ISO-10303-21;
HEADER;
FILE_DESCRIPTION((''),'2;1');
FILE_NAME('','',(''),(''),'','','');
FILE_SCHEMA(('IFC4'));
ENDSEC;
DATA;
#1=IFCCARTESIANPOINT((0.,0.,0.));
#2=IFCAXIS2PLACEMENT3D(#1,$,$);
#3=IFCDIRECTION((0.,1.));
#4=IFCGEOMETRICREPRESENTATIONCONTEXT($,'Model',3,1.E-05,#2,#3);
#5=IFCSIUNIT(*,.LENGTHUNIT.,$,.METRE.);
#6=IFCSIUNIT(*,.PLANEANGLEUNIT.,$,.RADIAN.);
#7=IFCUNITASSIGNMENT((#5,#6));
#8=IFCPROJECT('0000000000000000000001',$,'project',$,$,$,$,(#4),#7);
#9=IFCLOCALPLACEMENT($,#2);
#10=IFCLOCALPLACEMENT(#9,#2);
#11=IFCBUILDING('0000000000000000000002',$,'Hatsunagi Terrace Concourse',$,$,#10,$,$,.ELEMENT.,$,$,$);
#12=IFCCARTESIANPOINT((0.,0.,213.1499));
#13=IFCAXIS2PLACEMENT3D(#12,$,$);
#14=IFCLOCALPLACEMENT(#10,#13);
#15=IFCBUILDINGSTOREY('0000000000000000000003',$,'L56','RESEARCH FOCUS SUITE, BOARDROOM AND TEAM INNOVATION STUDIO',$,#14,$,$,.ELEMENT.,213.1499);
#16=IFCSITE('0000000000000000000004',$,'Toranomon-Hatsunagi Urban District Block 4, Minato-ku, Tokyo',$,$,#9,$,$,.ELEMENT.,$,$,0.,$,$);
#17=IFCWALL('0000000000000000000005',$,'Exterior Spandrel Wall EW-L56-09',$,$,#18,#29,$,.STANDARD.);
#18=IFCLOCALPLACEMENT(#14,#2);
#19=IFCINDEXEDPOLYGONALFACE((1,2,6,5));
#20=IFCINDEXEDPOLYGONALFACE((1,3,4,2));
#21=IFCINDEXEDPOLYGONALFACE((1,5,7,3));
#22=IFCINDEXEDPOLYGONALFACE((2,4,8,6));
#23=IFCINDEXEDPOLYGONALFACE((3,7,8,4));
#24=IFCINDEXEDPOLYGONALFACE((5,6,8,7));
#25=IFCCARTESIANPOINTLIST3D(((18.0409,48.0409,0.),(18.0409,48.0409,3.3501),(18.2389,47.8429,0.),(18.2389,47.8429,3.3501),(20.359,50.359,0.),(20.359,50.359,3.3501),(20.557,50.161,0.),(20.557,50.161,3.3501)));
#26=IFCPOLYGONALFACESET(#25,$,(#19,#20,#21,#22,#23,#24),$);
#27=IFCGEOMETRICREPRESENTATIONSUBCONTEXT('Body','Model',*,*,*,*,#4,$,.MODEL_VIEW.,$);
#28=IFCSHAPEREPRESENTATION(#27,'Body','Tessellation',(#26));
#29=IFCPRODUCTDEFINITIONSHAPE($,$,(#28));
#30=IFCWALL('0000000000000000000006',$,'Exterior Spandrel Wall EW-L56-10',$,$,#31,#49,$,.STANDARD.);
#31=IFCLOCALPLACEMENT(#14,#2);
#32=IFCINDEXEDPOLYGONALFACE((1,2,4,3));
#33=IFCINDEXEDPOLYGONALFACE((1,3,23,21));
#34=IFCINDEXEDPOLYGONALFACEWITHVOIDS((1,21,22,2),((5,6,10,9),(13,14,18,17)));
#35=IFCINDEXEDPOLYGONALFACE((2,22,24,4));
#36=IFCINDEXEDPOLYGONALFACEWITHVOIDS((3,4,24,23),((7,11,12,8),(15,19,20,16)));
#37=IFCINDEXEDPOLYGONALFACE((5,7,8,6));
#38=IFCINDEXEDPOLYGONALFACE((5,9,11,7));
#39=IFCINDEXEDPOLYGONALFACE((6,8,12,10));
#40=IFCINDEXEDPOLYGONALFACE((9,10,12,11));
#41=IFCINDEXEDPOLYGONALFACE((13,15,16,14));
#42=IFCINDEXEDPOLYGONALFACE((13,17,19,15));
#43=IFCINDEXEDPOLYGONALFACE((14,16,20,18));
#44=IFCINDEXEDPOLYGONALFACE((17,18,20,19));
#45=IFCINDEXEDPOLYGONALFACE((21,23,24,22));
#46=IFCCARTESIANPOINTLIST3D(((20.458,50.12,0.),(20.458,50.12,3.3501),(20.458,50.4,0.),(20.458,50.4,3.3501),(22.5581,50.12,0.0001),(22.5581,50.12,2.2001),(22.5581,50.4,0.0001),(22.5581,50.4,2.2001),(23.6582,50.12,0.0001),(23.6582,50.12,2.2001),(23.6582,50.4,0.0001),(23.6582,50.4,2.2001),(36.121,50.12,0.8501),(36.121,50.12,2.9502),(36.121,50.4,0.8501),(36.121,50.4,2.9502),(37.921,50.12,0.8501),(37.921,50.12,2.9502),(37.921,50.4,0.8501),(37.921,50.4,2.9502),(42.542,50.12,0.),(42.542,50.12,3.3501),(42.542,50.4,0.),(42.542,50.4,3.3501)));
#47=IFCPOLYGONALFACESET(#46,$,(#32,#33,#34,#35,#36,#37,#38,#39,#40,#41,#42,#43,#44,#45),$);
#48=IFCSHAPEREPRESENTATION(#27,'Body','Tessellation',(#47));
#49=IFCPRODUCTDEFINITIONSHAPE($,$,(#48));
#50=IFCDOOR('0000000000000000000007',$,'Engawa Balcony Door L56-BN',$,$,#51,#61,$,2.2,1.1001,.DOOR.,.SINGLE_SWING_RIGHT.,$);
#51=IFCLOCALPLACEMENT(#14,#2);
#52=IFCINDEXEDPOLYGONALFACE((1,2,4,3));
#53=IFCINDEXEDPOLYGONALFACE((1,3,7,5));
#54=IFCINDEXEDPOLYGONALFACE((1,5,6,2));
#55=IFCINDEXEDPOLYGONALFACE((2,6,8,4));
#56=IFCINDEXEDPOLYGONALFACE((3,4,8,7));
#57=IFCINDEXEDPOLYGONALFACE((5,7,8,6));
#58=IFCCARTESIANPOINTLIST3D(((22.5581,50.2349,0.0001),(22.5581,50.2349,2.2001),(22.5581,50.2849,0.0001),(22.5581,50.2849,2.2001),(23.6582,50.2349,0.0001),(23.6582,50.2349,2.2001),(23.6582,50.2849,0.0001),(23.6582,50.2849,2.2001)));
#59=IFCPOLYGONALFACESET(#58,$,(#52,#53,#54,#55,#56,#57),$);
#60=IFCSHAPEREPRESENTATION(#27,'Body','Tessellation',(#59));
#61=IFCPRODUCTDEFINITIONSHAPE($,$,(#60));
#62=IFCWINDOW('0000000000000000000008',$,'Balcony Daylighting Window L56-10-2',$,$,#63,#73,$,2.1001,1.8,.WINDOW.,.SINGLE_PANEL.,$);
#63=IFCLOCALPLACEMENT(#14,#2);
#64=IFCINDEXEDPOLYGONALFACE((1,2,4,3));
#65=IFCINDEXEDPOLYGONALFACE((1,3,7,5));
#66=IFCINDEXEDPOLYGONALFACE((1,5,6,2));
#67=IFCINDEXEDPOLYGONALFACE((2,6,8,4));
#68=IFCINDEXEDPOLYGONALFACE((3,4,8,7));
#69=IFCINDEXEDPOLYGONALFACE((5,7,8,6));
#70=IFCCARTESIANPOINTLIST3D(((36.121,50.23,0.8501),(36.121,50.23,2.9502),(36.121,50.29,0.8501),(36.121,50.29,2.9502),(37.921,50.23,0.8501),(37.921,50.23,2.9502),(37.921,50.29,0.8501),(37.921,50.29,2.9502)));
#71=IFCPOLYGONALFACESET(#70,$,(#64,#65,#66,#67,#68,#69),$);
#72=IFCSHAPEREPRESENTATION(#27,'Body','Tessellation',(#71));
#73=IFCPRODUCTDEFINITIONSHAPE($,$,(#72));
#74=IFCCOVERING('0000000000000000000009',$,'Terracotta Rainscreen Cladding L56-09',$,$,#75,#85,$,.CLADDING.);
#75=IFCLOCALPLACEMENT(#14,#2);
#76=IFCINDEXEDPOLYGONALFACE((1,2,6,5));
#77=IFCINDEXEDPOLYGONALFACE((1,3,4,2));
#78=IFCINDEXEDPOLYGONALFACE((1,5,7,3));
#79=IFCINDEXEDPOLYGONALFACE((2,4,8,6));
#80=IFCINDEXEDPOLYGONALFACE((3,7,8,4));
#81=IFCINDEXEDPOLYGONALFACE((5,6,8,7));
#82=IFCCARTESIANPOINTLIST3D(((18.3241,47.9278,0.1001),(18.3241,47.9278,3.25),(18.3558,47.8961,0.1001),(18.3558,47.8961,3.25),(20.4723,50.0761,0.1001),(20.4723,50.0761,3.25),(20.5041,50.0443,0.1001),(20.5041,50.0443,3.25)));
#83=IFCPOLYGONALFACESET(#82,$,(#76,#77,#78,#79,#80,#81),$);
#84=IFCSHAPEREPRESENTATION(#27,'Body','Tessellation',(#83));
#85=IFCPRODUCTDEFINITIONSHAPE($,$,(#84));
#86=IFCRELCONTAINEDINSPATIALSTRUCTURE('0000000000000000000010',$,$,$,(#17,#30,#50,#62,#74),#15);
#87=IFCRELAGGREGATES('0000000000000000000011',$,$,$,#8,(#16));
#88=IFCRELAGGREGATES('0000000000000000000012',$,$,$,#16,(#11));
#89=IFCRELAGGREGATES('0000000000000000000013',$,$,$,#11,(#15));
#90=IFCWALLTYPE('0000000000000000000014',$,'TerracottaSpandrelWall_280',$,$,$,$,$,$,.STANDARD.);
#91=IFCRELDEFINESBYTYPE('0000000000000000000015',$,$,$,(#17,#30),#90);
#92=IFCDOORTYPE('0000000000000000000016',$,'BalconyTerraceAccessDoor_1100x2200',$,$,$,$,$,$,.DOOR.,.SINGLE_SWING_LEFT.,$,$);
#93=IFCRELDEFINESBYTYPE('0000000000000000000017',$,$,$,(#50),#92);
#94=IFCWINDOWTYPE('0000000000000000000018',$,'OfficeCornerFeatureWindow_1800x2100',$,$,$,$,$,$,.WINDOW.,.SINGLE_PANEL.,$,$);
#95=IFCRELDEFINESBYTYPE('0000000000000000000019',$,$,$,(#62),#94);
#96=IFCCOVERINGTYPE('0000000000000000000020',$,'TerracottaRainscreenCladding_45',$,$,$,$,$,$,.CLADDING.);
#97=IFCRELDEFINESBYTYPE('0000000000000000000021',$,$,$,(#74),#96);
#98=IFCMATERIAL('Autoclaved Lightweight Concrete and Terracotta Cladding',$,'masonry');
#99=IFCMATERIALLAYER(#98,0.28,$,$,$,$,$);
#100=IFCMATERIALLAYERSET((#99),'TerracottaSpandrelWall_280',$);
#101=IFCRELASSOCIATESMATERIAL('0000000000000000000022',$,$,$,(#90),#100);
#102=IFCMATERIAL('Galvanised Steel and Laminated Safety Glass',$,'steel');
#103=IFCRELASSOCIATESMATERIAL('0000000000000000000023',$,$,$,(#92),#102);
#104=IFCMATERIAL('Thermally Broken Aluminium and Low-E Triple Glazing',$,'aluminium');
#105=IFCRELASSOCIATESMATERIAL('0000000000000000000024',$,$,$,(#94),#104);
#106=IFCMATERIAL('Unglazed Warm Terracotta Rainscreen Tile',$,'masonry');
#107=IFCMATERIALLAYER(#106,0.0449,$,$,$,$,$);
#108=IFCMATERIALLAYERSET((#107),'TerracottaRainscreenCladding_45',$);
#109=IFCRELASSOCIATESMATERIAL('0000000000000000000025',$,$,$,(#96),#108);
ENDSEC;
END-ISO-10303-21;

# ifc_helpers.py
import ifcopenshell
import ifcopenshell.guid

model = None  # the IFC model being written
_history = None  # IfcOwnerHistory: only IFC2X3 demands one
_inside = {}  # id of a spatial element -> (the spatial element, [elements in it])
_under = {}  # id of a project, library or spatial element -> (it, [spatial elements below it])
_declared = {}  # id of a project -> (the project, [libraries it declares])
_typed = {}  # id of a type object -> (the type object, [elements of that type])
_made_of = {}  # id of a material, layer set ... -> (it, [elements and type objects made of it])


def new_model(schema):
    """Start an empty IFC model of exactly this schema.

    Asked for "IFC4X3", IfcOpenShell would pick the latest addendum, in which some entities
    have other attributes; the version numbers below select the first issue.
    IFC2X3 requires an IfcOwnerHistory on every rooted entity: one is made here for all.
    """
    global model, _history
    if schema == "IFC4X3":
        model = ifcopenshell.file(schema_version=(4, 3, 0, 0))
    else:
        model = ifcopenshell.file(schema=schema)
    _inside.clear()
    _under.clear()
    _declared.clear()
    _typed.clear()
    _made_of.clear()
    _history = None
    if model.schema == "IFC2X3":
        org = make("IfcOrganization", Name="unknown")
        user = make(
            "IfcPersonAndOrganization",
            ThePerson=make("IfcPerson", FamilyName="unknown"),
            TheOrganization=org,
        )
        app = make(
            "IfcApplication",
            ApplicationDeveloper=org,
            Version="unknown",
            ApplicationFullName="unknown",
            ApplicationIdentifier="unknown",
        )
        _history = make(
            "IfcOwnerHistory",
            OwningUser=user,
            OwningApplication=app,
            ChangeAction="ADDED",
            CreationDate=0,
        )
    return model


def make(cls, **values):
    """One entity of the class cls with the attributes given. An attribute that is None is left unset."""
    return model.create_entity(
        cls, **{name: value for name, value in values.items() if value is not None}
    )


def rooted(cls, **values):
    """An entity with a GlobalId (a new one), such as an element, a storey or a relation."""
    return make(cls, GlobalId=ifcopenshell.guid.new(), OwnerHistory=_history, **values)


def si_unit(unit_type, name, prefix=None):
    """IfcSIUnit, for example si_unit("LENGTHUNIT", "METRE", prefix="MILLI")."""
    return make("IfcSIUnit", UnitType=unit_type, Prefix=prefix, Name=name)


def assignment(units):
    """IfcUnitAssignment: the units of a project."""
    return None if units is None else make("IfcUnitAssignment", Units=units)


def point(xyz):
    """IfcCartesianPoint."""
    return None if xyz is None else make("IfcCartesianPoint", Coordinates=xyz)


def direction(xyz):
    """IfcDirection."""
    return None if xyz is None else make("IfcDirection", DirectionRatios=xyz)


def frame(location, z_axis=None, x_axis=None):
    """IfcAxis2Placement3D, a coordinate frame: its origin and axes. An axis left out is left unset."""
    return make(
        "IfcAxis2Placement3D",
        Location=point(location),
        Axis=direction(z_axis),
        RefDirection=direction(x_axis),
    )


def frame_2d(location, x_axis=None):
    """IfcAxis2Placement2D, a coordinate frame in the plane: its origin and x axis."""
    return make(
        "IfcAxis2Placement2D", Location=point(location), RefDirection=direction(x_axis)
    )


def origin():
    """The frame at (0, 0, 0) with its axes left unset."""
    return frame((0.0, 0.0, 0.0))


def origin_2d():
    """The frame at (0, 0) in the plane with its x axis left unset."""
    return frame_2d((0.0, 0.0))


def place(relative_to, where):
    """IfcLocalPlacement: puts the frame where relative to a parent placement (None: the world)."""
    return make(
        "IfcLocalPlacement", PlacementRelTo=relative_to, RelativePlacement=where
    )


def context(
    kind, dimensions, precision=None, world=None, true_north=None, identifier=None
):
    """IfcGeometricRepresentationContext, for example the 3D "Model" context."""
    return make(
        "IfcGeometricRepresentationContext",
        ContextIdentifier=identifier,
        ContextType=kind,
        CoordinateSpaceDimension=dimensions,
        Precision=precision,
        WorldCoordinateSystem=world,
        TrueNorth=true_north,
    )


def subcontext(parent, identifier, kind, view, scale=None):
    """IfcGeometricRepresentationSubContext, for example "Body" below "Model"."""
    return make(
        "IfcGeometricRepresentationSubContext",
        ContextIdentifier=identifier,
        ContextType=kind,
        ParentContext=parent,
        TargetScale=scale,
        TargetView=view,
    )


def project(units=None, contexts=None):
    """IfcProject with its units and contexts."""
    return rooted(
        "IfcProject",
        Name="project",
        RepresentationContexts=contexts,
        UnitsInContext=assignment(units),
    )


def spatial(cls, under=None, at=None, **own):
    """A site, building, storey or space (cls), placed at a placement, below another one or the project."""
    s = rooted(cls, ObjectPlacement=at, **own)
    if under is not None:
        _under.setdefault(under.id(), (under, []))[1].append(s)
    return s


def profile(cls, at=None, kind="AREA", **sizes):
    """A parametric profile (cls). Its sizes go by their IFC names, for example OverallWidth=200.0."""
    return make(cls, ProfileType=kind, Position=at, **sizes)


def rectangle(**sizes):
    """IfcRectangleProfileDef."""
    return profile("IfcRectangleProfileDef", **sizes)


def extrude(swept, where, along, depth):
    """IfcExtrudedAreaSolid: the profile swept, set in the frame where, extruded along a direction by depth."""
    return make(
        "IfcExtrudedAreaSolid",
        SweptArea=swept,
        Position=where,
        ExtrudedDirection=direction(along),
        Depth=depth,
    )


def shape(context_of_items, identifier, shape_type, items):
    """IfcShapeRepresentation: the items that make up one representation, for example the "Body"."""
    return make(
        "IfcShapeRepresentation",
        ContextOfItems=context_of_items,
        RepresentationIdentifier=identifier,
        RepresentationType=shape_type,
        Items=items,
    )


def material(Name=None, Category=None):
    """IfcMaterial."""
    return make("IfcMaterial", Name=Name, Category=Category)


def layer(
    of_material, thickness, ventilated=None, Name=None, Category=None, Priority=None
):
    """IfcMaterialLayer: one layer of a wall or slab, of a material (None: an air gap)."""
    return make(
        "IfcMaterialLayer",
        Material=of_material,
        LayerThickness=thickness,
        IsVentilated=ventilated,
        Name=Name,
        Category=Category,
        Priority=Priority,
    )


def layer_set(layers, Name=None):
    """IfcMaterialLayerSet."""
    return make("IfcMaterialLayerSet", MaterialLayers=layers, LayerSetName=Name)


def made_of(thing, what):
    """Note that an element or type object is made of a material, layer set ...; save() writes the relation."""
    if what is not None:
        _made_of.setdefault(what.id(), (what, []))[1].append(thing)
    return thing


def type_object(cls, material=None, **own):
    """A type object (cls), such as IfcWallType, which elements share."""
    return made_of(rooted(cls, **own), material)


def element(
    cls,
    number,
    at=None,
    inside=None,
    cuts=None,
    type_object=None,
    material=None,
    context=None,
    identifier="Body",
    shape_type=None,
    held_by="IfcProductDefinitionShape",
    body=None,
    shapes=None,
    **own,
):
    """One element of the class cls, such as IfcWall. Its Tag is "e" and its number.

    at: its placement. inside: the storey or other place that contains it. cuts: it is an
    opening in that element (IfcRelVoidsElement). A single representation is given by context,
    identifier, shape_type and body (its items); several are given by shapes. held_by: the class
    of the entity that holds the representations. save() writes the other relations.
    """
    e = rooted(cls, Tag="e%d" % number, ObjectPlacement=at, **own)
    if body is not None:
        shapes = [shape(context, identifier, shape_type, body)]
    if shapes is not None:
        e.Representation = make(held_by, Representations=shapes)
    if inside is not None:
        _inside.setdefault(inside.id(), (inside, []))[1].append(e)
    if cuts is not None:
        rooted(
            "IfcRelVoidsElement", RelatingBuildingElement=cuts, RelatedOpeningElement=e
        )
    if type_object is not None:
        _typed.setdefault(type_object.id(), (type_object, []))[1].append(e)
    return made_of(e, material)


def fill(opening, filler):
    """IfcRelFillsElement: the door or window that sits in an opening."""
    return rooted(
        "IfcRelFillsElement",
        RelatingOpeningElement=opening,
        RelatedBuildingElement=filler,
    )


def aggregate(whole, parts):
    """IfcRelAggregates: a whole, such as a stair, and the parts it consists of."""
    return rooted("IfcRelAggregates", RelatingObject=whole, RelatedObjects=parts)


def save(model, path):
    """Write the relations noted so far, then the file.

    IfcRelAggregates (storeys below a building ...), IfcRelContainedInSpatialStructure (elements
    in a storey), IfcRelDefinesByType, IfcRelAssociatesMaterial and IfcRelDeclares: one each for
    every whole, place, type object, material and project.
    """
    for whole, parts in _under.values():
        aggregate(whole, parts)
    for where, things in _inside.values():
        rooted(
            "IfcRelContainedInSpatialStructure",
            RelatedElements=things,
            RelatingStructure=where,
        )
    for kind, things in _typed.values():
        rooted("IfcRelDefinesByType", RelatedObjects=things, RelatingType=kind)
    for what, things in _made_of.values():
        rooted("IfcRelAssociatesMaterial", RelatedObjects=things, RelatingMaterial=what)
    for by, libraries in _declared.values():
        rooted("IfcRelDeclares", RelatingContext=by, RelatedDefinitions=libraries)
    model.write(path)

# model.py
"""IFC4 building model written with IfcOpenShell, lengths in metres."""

from ifc_helpers import new_model, si_unit, direction, frame, frame_2d, origin, origin_2d, place, context, subcontext, project, spatial, rectangle, extrude, material, layer, layer_set, type_object, element, fill, save


model = new_model("IFC4")

# Units and contexts
model_context = context("Model", 3, precision=1e-05, world=origin(), true_north=direction((0.0, 1.0)))
body_context = subcontext(model_context, "Body", "Model", "MODEL_VIEW")
ifc_project = project(units=[si_unit("LENGTHUNIT", "METRE"), si_unit("PLANEANGLEUNIT", "RADIAN")], contexts=[model_context])

# Site, building, storey
site_placement = place(None, origin())
site = spatial("IfcSite", under=ifc_project, at=site_placement, Name="Toranomon-Hatsunagi Urban District Block 4, Minato-ku, Tokyo", CompositionType="ELEMENT", RefElevation=0.0)
building_placement = place(site_placement, origin())
building = spatial("IfcBuilding", under=site, at=building_placement, Name="Hatsunagi Terrace Concourse", CompositionType="ELEMENT")
storey_placement = place(building_placement, frame((0.0, 0.0, 213.1499)))
storey = spatial("IfcBuildingStorey", under=building, at=storey_placement, Name="L56", Description="RESEARCH FOCUS SUITE, BOARDROOM AND TEAM INNOVATION STUDIO", CompositionType="ELEMENT", Elevation=213.1499)

# Wall
ifc_material_1 = material(Name="Autoclaved Lightweight Concrete and Terracotta Cladding", Category="masonry")
ifc_layer_1 = layer(ifc_material_1, 0.28)
ifc_layer_set_1 = layer_set([ifc_layer_1], Name="TerracottaSpandrelWall_280")
wall_type_1 = type_object("IfcWallType", Name="TerracottaSpandrelWall_280", PredefinedType="STANDARD", material=ifc_layer_set_1)
wall_1_placement = place(storey_placement, frame((18.1399, 47.9419, 0.0), z_axis=(0.0, 0.0, 1.0), x_axis=(0.707107, 0.707107, 0.0)))
element("IfcWall", 1, at=wall_1_placement, inside=storey, type_object=wall_type_1, Name="Exterior Spandrel Wall EW-L56-09", PredefinedType="STANDARD", context=body_context, shape_type="SweptSolid", body=[
    extrude(rectangle(XDim=3.2783, YDim=0.28, at=frame_2d((1.6392, 0.0))), origin(), (0.0, 0.0, 1.0), 3.3501),
])

# Wall, openings, door, window
wall_2_placement = place(storey_placement, frame((20.458, 50.26, 0.0), z_axis=(0.0, 0.0, 1.0), x_axis=(1.0, 0.0, 0.0)))
wall_2 = element("IfcWall", 2, at=wall_2_placement, inside=storey, type_object=wall_type_1, Name="Exterior Spandrel Wall EW-L56-10", PredefinedType="STANDARD", context=body_context, shape_type="SweptSolid", body=[
    extrude(rectangle(XDim=22.084, YDim=0.28, at=frame_2d((11.042, 0.0))), origin(), (0.0, 0.0, 1.0), 3.3501),
])
opening_1_placement = place(wall_2_placement, frame((2.1001, 0.0, 0.0)))
opening_1 = element("IfcOpeningElement", 3, at=opening_1_placement, cuts=wall_2, PredefinedType="OPENING", context=body_context, shape_type="SweptSolid", body=[
    extrude(rectangle(XDim=1.1001, YDim=2.2, at=frame_2d((0.55, 1.1001))), frame((0.0, 0.1499, 0.0), z_axis=(0.0, -1.0, 0.0), x_axis=(1.0, 0.0, 0.0)), (0.0, 0.0, 1.0), 0.3),
])
opening_2_placement = place(wall_2_placement, frame((15.6631, 0.0, 0.8501)))
opening_2 = element("IfcOpeningElement", 4, at=opening_2_placement, cuts=wall_2, PredefinedType="OPENING", context=body_context, shape_type="SweptSolid", body=[
    extrude(rectangle(XDim=1.8, YDim=2.1001, at=frame_2d((0.8999, 1.05))), frame((0.0, 0.1499, 0.0), z_axis=(0.0, -1.0, 0.0), x_axis=(1.0, 0.0, 0.0)), (0.0, 0.0, 1.0), 0.3),
])
ifc_material_2 = material(Name="Galvanised Steel and Laminated Safety Glass", Category="steel")
door_type_1 = type_object("IfcDoorType", Name="BalconyTerraceAccessDoor_1100x2200", OperationType="SINGLE_SWING_LEFT", PredefinedType="DOOR", material=ifc_material_2)
door_1_placement = place(opening_1_placement, origin())
door_1 = element("IfcDoor", 5, at=door_1_placement, inside=storey, type_object=door_type_1, Name="Engawa Balcony Door L56-BN", OperationType="SINGLE_SWING_RIGHT", OverallHeight=2.2, OverallWidth=1.1001, PredefinedType="DOOR", context=body_context, shape_type="SweptSolid", body=[
    extrude(rectangle(XDim=1.1001, YDim=2.2, at=frame_2d((0.55, 1.1001))), frame((0.0, 0.0249, 0.0), z_axis=(0.0, -1.0, 0.0), x_axis=(1.0, 0.0, 0.0)), (0.0, 0.0, 1.0), 0.05),
])
fill(opening_1, door_1)
ifc_material_3 = material(Name="Thermally Broken Aluminium and Low-E Triple Glazing", Category="aluminium")
window_type = type_object("IfcWindowType", Name="OfficeCornerFeatureWindow_1800x2100", PartitioningType="SINGLE_PANEL", PredefinedType="WINDOW", material=ifc_material_3)
window_placement = place(opening_2_placement, origin())
window = element("IfcWindow", 6, at=window_placement, inside=storey, type_object=window_type, Name="Balcony Daylighting Window L56-10-2", OverallHeight=2.1001, OverallWidth=1.8, PartitioningType="SINGLE_PANEL", PredefinedType="WINDOW", context=body_context, shape_type="SweptSolid", body=[
    extrude(rectangle(XDim=1.8, YDim=2.1001, at=frame_2d((0.8999, 1.05))), frame((0.0, 0.03, 0.0), z_axis=(0.0, -1.0, 0.0), x_axis=(1.0, 0.0, 0.0)), (0.0, 0.0, 1.0), 0.0601),
])
fill(opening_2, window)

# Covering
ifc_material_4 = material(Name="Unglazed Warm Terracotta Rainscreen Tile", Category="masonry")
ifc_layer_2 = layer(ifc_material_4, 0.0449)
ifc_layer_set_2 = layer_set([ifc_layer_2], Name="TerracottaRainscreenCladding_45")
covering_type = type_object("IfcCoveringType", Name="TerracottaRainscreenCladding_45", PredefinedType="CLADDING", material=ifc_layer_set_2)
covering_placement = place(storey_placement, frame((19.4141, 48.9861, 0.1001), z_axis=(0.0, 0.0, 1.0), x_axis=(0.707107, 0.707107, 0.0)))
element("IfcCovering", 7, at=covering_placement, inside=storey, type_object=covering_type, Name="Terracotta Rainscreen Cladding L56-09", PredefinedType="CLADDING", context=body_context, shape_type="SweptSolid", body=[
    extrude(rectangle(XDim=3.0381, YDim=0.0449, at=origin_2d()), origin(), (0.0, 0.0, 1.0), 3.1499),
])

save(model, "model.ifc")
